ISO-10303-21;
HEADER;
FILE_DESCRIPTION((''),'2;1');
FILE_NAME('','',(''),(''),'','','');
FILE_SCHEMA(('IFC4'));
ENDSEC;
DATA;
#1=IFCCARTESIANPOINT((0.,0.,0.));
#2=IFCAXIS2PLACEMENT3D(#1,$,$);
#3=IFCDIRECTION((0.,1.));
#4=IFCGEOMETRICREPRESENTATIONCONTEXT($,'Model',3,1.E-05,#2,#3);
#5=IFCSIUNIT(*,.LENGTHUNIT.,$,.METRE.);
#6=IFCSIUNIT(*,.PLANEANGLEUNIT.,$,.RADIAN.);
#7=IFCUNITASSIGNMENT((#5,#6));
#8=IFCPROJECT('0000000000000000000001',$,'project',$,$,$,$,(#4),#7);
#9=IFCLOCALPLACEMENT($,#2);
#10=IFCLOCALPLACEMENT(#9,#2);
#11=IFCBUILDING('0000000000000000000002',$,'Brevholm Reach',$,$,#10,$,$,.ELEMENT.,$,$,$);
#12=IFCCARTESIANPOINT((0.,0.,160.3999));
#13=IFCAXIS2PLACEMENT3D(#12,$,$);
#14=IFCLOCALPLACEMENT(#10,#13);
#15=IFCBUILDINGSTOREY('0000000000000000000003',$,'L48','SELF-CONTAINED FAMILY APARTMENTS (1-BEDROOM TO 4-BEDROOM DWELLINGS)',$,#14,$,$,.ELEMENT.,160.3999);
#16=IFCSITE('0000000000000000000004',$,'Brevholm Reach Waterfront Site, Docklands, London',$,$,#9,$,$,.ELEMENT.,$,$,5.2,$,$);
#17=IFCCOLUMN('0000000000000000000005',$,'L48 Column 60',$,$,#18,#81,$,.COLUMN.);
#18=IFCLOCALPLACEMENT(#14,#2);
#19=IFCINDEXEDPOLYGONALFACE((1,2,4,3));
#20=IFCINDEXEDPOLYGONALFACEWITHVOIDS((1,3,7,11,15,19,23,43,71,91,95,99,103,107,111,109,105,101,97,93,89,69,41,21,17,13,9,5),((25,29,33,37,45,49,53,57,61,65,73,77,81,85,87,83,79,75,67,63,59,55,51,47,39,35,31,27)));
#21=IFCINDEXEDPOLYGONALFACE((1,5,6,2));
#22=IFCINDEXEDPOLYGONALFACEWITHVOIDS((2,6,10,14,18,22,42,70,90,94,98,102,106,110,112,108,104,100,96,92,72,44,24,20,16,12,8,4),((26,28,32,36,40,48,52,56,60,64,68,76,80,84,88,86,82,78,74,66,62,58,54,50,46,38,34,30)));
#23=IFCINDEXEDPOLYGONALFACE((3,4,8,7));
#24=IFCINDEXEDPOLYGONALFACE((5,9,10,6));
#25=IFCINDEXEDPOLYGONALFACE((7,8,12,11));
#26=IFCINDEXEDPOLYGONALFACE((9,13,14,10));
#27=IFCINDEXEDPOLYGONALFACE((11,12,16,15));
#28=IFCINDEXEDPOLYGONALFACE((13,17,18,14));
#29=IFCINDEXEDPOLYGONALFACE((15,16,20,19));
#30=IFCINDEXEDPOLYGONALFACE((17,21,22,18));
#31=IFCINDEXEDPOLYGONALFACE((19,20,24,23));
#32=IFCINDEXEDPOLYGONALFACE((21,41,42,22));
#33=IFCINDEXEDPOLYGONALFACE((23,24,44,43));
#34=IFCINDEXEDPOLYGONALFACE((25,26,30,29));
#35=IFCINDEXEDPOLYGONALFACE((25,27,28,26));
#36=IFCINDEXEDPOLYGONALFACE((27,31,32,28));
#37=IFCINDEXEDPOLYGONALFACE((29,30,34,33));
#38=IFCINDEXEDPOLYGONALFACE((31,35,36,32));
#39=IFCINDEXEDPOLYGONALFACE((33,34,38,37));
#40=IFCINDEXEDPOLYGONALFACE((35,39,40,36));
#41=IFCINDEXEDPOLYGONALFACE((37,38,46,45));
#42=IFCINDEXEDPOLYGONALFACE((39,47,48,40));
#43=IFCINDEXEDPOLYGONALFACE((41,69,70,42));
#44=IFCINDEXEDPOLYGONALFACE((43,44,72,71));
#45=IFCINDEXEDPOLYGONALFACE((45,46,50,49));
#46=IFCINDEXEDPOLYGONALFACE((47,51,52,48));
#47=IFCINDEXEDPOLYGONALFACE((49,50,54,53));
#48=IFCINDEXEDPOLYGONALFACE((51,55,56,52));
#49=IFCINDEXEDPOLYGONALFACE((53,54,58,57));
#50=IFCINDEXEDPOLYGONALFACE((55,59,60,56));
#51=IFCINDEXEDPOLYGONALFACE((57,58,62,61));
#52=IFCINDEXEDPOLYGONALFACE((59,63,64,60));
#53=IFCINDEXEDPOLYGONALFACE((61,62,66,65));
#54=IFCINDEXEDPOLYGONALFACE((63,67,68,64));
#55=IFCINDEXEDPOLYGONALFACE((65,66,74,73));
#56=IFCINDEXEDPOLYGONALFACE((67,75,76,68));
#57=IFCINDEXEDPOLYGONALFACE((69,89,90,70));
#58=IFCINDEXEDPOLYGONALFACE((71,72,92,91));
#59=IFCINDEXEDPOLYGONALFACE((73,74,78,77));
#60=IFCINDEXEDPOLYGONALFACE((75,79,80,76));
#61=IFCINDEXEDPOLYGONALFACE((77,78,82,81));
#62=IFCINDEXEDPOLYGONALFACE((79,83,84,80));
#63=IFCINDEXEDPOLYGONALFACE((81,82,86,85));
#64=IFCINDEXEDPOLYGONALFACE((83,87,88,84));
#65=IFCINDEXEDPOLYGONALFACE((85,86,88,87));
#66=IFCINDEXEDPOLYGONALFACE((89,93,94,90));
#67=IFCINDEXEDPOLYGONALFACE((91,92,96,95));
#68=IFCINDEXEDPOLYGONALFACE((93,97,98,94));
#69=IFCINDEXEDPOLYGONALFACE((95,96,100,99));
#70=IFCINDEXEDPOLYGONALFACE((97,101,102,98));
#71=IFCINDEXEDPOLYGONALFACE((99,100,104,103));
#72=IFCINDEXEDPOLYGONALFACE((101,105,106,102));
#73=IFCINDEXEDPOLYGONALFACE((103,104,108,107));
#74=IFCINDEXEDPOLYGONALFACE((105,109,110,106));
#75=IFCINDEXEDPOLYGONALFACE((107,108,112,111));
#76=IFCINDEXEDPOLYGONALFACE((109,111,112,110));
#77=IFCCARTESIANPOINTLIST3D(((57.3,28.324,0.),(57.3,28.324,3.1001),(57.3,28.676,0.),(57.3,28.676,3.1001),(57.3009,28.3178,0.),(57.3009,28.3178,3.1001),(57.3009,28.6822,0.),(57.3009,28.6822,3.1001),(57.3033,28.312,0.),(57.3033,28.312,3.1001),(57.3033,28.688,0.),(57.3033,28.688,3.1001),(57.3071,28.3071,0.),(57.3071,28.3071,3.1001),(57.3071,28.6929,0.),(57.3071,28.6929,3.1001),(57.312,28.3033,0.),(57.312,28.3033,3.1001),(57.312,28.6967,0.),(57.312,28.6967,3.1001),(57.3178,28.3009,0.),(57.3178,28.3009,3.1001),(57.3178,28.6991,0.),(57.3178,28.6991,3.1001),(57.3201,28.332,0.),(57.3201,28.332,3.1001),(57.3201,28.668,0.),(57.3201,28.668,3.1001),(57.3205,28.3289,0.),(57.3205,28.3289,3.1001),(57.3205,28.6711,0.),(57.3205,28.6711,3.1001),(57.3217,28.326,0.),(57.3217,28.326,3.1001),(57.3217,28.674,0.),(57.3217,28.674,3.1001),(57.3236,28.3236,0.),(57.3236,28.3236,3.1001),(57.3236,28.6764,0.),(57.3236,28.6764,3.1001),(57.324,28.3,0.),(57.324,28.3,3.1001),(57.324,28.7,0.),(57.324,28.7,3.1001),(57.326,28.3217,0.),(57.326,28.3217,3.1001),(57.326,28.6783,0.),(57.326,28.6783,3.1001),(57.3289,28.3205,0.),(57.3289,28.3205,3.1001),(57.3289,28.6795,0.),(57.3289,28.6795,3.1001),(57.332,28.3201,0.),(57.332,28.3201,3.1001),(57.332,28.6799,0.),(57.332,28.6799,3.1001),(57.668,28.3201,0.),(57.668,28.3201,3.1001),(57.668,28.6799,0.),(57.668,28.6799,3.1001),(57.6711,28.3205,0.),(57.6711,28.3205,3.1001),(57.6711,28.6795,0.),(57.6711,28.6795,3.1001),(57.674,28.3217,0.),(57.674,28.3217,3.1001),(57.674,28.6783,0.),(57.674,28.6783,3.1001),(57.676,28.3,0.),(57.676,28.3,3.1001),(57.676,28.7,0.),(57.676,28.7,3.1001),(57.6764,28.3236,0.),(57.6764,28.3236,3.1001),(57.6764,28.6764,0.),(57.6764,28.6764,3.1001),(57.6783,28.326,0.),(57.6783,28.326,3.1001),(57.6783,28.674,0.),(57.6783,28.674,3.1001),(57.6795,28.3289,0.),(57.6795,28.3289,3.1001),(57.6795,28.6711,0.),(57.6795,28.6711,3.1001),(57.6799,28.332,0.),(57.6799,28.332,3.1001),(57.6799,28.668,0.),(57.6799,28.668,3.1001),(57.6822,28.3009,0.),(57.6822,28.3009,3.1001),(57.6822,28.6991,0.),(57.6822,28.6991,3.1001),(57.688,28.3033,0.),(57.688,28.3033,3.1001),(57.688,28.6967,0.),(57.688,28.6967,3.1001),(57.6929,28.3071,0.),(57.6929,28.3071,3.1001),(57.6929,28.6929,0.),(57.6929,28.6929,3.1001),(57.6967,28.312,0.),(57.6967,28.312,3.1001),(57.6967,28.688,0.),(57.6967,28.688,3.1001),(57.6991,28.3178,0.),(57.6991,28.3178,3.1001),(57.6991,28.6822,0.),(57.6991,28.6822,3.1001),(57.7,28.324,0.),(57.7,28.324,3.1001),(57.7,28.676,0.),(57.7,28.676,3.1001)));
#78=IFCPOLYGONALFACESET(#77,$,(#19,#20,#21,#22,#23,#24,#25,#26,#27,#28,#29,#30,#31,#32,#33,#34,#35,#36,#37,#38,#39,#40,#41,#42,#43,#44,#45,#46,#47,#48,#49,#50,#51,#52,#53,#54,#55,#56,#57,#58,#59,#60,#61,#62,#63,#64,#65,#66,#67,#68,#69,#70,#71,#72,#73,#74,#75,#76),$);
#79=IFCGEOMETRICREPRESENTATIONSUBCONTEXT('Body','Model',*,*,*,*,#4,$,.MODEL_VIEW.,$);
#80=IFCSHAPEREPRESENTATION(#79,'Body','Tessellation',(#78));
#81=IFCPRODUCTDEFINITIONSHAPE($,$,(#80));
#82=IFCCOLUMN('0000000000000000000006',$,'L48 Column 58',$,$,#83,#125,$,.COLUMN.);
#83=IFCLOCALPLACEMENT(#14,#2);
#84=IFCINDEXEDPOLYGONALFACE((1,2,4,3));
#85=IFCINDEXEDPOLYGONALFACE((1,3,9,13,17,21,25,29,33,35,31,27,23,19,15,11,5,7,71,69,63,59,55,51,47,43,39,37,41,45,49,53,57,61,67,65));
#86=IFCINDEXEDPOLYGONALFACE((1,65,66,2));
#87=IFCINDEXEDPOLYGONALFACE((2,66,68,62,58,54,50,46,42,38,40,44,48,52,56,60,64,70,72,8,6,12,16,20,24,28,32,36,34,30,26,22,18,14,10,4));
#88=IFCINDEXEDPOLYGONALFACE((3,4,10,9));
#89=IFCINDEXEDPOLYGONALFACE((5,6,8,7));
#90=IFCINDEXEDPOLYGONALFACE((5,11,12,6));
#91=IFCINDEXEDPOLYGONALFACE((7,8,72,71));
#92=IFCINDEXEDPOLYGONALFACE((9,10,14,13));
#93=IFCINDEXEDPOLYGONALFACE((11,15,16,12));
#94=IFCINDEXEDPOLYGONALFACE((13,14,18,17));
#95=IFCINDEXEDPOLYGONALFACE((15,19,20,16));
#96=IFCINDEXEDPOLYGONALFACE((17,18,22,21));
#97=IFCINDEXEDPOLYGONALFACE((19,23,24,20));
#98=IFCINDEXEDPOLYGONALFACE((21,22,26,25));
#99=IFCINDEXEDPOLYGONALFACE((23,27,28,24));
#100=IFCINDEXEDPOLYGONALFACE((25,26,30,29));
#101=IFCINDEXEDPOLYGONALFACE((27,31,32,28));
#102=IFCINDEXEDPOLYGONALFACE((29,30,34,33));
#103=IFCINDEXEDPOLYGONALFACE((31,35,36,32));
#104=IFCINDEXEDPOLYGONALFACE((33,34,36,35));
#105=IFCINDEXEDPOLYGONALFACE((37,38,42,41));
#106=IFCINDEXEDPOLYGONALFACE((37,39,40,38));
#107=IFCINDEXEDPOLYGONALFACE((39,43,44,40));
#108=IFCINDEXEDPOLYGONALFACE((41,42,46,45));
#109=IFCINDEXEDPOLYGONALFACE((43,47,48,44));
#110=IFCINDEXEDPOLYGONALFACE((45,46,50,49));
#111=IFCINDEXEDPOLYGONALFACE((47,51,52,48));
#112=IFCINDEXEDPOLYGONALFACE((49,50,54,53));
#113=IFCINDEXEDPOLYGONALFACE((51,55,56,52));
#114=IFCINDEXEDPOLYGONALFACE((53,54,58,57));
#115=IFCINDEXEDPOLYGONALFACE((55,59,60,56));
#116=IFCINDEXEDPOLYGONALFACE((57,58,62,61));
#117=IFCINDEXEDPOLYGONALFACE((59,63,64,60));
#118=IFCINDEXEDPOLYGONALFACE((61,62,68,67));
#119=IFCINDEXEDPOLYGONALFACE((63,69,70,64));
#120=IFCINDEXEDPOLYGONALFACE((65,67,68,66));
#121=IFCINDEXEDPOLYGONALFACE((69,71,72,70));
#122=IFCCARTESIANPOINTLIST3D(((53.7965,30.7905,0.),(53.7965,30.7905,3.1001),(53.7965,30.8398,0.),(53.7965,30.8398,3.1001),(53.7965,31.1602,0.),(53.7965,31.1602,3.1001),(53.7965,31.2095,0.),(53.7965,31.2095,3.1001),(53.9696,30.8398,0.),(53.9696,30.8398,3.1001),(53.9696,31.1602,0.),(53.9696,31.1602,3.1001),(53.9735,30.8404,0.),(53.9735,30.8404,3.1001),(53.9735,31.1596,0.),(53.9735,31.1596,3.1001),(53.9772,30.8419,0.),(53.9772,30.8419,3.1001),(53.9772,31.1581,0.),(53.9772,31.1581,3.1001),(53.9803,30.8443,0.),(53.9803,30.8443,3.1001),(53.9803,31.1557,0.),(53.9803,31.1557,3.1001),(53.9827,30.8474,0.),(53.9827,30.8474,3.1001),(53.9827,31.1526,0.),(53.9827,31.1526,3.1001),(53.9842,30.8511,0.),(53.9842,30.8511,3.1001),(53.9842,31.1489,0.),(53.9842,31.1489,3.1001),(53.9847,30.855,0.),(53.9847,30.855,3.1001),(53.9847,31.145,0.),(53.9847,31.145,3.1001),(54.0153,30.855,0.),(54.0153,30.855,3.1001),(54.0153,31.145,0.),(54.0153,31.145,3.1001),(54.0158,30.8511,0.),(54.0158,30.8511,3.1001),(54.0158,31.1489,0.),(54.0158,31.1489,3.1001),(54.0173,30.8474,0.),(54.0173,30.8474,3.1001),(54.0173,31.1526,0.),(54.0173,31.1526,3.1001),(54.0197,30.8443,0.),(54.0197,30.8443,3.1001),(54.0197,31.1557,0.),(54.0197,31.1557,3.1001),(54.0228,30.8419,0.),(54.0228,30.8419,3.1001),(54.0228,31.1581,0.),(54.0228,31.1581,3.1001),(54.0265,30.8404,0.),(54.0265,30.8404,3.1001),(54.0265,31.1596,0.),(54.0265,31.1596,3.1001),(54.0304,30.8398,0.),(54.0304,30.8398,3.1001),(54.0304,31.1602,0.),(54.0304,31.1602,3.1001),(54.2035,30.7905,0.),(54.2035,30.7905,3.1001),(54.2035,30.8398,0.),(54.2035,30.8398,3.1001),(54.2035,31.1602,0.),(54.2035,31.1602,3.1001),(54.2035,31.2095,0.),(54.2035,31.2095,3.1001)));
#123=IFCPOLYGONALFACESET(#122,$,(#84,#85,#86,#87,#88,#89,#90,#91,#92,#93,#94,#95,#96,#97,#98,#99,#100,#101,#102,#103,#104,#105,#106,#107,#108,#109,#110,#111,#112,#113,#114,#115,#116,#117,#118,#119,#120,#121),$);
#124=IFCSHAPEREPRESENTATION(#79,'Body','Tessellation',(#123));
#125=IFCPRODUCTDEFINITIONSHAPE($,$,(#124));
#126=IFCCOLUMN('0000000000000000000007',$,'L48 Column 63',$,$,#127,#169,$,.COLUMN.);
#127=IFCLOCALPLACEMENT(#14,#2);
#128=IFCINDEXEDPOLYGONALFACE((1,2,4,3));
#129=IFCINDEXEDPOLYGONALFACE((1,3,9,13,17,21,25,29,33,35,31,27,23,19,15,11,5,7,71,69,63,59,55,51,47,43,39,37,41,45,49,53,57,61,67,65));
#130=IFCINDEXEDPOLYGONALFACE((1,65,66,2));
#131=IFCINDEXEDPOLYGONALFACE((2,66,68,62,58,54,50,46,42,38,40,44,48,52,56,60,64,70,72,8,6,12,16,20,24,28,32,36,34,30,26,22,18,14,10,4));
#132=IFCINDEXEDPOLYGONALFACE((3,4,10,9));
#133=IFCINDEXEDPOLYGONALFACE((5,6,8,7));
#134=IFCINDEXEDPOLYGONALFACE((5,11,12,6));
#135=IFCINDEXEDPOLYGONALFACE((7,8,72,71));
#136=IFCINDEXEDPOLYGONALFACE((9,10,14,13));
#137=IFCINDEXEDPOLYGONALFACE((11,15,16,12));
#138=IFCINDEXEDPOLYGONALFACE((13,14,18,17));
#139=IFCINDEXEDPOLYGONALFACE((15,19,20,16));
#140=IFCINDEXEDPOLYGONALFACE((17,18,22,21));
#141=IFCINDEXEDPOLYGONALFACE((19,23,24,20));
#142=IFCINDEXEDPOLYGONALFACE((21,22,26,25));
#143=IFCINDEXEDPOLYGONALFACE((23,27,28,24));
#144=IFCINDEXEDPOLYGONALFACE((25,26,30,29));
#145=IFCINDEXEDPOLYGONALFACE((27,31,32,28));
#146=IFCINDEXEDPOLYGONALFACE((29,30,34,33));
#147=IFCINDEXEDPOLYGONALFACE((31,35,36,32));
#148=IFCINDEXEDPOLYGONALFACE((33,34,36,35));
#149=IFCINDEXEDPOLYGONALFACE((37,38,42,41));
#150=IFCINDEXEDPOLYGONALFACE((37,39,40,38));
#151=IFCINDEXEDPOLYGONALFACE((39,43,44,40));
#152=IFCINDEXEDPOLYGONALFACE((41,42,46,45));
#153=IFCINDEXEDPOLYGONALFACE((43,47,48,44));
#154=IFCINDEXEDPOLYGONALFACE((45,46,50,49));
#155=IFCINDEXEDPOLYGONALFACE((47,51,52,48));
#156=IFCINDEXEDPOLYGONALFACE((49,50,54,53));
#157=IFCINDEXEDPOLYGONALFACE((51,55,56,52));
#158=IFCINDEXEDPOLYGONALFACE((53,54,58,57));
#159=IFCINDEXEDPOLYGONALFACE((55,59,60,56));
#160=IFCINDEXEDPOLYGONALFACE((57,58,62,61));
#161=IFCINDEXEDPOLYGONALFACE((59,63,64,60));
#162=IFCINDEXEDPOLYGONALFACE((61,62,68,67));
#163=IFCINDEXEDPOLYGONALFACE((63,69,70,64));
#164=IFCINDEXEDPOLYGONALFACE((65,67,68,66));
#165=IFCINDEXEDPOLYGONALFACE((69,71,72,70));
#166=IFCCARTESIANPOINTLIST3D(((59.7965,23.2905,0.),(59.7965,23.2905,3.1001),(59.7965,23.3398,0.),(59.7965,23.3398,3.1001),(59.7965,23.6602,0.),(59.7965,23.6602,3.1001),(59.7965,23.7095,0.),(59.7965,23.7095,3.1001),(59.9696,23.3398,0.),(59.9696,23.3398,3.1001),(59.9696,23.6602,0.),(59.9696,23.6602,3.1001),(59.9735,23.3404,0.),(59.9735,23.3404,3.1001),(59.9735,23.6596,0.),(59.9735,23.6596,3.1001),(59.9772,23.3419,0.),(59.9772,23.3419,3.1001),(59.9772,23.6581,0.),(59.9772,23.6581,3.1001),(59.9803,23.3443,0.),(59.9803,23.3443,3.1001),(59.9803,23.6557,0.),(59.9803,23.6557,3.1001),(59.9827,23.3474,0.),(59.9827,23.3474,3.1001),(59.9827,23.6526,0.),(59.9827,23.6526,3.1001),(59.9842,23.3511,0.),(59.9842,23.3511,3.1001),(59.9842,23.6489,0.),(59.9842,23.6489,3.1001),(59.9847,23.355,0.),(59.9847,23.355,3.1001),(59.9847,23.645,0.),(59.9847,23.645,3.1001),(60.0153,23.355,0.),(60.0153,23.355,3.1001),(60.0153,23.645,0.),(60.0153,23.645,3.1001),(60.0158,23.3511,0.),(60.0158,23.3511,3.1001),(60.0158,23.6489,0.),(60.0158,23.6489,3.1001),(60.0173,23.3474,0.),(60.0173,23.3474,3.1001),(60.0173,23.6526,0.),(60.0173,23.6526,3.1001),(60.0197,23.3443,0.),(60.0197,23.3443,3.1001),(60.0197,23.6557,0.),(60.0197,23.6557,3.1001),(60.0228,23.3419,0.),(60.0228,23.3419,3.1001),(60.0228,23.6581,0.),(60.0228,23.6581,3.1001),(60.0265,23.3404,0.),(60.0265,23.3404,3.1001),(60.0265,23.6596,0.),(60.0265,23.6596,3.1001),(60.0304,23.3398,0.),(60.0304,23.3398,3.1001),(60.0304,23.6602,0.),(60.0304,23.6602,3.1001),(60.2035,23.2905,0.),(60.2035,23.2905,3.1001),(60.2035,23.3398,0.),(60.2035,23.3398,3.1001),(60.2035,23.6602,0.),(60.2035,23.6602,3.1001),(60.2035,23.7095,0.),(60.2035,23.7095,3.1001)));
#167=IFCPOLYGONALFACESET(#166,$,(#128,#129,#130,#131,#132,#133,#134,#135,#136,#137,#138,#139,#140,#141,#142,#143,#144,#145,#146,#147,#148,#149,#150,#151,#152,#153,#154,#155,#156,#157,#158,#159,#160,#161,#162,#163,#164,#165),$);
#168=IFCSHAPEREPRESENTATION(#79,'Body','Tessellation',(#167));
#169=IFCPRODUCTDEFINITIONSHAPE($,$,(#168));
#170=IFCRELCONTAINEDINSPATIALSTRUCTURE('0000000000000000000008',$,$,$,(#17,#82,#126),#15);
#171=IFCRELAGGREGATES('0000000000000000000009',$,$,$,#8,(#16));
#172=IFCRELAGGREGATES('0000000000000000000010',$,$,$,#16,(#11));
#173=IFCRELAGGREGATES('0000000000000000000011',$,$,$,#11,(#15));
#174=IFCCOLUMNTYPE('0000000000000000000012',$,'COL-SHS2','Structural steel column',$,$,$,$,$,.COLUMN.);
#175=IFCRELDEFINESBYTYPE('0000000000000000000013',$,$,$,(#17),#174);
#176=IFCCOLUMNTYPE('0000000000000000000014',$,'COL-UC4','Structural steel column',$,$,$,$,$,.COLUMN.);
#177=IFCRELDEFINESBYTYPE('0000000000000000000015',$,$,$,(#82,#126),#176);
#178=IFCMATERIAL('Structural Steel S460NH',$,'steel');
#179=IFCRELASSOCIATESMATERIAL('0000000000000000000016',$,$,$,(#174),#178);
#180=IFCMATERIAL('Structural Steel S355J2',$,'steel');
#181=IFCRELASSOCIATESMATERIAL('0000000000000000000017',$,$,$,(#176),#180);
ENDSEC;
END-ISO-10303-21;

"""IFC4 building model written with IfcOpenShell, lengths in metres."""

from ifc_helpers import new_model, si_unit, direction, frame, origin, origin_2d, place, context, subcontext, project, spatial, hollow_rectangle, i_section, extrude, material, material_profile, profile_set, type_object, element, save


model = new_model("IFC4")

# Units and contexts
model_context = context("Model", 3, precision=1e-05, world=origin(), true_north=direction((0.0, 1.0)))
body_context = subcontext(model_context, "Body", "Model", "MODEL_VIEW")
ifc_project = project(units=[si_unit("LENGTHUNIT", "METRE"), si_unit("PLANEANGLEUNIT", "RADIAN")], contexts=[model_context])

# Site, building, storey
site_placement = place(None, origin())
site = spatial("IfcSite", under=ifc_project, at=site_placement, Name="Brevholm Reach Waterfront Site, Docklands, London", CompositionType="ELEMENT", RefElevation=5.2)
building_placement = place(site_placement, origin())
building = spatial("IfcBuilding", under=site, at=building_placement, Name="Brevholm Reach", CompositionType="ELEMENT")
storey_placement = place(building_placement, frame((0.0, 0.0, 160.3999)))
storey = spatial("IfcBuildingStorey", under=building, at=storey_placement, Name="L48", Description="SELF-CONTAINED FAMILY APARTMENTS (1-BEDROOM TO 4-BEDROOM DWELLINGS)", CompositionType="ELEMENT", Elevation=160.3999)

# Columns
ifc_material_1 = material(Name="Structural Steel S460NH", Category="steel")
ifc_material_profile_1 = material_profile(ifc_material_1, hollow_rectangle(XDim=0.3999, YDim=0.3999, WallThickness=0.02, InnerFilletRadius=0.012, OuterFilletRadius=0.0239, at=origin_2d()), Name="SHS 400x400x20")
ifc_profile_set_1 = profile_set([ifc_material_profile_1], Name="Structural Steel S460NH")
column_type_1 = type_object("IfcColumnType", Name="COL-SHS2", Description="Structural steel column", PredefinedType="COLUMN", material=ifc_profile_set_1)
column_placement = place(storey_placement, frame((57.5, 28.5, 0.0), z_axis=(0.0, 0.0, 1.0), x_axis=(1.0, 0.0, 0.0)))
element("IfcColumn", 1, at=column_placement, inside=storey, type_object=column_type_1, Name="L48 Column 60", PredefinedType="COLUMN", context=body_context, shape_type="SweptSolid", body=[
    extrude(hollow_rectangle(XDim=0.3999, YDim=0.3999, WallThickness=0.02, InnerFilletRadius=0.012, OuterFilletRadius=0.0239, at=origin_2d()), origin(), (0.0, 0.0, 1.0), 3.1001),
])
ifc_material_2 = material(Name="Structural Steel S355J2", Category="steel")
ifc_material_profile_2 = material_profile(ifc_material_2, i_section(OverallWidth=0.407, OverallDepth=0.4189, WebThickness=0.0305, FlangeThickness=0.0493, FilletRadius=0.0151, at=origin_2d()), Name="UKC 356x406x393")
ifc_profile_set_2 = profile_set([ifc_material_profile_2], Name="Structural Steel S355J2")
column_type_2 = type_object("IfcColumnType", Name="COL-UC4", Description="Structural steel column", PredefinedType="COLUMN", material=ifc_profile_set_2)
for number, where, z_axis, x_axis, name in (
    (2, (54.0, 31.0, 0.0), (0.0, 0.0, 1.0), (1.0, 0.0, 0.0), "L48 Column 58"),
    (3, (60.0, 23.5, 0.0), (0.0, 0.0, 1.0), (1.0, 0.0, 0.0), "L48 Column 63"),
):
    element("IfcColumn", number, at=place(storey_placement, frame(where, z_axis=z_axis, x_axis=x_axis)), inside=storey, type_object=column_type_2, Name=name, PredefinedType="COLUMN", context=body_context, shape_type="SweptSolid", body=[
        extrude(i_section(OverallWidth=0.407, OverallDepth=0.4189, WebThickness=0.0305, FlangeThickness=0.0493, FilletRadius=0.0151, at=origin_2d()), origin(), (0.0, 0.0, 1.0), 3.1001),
    ])

save(model, "model.ifc")
